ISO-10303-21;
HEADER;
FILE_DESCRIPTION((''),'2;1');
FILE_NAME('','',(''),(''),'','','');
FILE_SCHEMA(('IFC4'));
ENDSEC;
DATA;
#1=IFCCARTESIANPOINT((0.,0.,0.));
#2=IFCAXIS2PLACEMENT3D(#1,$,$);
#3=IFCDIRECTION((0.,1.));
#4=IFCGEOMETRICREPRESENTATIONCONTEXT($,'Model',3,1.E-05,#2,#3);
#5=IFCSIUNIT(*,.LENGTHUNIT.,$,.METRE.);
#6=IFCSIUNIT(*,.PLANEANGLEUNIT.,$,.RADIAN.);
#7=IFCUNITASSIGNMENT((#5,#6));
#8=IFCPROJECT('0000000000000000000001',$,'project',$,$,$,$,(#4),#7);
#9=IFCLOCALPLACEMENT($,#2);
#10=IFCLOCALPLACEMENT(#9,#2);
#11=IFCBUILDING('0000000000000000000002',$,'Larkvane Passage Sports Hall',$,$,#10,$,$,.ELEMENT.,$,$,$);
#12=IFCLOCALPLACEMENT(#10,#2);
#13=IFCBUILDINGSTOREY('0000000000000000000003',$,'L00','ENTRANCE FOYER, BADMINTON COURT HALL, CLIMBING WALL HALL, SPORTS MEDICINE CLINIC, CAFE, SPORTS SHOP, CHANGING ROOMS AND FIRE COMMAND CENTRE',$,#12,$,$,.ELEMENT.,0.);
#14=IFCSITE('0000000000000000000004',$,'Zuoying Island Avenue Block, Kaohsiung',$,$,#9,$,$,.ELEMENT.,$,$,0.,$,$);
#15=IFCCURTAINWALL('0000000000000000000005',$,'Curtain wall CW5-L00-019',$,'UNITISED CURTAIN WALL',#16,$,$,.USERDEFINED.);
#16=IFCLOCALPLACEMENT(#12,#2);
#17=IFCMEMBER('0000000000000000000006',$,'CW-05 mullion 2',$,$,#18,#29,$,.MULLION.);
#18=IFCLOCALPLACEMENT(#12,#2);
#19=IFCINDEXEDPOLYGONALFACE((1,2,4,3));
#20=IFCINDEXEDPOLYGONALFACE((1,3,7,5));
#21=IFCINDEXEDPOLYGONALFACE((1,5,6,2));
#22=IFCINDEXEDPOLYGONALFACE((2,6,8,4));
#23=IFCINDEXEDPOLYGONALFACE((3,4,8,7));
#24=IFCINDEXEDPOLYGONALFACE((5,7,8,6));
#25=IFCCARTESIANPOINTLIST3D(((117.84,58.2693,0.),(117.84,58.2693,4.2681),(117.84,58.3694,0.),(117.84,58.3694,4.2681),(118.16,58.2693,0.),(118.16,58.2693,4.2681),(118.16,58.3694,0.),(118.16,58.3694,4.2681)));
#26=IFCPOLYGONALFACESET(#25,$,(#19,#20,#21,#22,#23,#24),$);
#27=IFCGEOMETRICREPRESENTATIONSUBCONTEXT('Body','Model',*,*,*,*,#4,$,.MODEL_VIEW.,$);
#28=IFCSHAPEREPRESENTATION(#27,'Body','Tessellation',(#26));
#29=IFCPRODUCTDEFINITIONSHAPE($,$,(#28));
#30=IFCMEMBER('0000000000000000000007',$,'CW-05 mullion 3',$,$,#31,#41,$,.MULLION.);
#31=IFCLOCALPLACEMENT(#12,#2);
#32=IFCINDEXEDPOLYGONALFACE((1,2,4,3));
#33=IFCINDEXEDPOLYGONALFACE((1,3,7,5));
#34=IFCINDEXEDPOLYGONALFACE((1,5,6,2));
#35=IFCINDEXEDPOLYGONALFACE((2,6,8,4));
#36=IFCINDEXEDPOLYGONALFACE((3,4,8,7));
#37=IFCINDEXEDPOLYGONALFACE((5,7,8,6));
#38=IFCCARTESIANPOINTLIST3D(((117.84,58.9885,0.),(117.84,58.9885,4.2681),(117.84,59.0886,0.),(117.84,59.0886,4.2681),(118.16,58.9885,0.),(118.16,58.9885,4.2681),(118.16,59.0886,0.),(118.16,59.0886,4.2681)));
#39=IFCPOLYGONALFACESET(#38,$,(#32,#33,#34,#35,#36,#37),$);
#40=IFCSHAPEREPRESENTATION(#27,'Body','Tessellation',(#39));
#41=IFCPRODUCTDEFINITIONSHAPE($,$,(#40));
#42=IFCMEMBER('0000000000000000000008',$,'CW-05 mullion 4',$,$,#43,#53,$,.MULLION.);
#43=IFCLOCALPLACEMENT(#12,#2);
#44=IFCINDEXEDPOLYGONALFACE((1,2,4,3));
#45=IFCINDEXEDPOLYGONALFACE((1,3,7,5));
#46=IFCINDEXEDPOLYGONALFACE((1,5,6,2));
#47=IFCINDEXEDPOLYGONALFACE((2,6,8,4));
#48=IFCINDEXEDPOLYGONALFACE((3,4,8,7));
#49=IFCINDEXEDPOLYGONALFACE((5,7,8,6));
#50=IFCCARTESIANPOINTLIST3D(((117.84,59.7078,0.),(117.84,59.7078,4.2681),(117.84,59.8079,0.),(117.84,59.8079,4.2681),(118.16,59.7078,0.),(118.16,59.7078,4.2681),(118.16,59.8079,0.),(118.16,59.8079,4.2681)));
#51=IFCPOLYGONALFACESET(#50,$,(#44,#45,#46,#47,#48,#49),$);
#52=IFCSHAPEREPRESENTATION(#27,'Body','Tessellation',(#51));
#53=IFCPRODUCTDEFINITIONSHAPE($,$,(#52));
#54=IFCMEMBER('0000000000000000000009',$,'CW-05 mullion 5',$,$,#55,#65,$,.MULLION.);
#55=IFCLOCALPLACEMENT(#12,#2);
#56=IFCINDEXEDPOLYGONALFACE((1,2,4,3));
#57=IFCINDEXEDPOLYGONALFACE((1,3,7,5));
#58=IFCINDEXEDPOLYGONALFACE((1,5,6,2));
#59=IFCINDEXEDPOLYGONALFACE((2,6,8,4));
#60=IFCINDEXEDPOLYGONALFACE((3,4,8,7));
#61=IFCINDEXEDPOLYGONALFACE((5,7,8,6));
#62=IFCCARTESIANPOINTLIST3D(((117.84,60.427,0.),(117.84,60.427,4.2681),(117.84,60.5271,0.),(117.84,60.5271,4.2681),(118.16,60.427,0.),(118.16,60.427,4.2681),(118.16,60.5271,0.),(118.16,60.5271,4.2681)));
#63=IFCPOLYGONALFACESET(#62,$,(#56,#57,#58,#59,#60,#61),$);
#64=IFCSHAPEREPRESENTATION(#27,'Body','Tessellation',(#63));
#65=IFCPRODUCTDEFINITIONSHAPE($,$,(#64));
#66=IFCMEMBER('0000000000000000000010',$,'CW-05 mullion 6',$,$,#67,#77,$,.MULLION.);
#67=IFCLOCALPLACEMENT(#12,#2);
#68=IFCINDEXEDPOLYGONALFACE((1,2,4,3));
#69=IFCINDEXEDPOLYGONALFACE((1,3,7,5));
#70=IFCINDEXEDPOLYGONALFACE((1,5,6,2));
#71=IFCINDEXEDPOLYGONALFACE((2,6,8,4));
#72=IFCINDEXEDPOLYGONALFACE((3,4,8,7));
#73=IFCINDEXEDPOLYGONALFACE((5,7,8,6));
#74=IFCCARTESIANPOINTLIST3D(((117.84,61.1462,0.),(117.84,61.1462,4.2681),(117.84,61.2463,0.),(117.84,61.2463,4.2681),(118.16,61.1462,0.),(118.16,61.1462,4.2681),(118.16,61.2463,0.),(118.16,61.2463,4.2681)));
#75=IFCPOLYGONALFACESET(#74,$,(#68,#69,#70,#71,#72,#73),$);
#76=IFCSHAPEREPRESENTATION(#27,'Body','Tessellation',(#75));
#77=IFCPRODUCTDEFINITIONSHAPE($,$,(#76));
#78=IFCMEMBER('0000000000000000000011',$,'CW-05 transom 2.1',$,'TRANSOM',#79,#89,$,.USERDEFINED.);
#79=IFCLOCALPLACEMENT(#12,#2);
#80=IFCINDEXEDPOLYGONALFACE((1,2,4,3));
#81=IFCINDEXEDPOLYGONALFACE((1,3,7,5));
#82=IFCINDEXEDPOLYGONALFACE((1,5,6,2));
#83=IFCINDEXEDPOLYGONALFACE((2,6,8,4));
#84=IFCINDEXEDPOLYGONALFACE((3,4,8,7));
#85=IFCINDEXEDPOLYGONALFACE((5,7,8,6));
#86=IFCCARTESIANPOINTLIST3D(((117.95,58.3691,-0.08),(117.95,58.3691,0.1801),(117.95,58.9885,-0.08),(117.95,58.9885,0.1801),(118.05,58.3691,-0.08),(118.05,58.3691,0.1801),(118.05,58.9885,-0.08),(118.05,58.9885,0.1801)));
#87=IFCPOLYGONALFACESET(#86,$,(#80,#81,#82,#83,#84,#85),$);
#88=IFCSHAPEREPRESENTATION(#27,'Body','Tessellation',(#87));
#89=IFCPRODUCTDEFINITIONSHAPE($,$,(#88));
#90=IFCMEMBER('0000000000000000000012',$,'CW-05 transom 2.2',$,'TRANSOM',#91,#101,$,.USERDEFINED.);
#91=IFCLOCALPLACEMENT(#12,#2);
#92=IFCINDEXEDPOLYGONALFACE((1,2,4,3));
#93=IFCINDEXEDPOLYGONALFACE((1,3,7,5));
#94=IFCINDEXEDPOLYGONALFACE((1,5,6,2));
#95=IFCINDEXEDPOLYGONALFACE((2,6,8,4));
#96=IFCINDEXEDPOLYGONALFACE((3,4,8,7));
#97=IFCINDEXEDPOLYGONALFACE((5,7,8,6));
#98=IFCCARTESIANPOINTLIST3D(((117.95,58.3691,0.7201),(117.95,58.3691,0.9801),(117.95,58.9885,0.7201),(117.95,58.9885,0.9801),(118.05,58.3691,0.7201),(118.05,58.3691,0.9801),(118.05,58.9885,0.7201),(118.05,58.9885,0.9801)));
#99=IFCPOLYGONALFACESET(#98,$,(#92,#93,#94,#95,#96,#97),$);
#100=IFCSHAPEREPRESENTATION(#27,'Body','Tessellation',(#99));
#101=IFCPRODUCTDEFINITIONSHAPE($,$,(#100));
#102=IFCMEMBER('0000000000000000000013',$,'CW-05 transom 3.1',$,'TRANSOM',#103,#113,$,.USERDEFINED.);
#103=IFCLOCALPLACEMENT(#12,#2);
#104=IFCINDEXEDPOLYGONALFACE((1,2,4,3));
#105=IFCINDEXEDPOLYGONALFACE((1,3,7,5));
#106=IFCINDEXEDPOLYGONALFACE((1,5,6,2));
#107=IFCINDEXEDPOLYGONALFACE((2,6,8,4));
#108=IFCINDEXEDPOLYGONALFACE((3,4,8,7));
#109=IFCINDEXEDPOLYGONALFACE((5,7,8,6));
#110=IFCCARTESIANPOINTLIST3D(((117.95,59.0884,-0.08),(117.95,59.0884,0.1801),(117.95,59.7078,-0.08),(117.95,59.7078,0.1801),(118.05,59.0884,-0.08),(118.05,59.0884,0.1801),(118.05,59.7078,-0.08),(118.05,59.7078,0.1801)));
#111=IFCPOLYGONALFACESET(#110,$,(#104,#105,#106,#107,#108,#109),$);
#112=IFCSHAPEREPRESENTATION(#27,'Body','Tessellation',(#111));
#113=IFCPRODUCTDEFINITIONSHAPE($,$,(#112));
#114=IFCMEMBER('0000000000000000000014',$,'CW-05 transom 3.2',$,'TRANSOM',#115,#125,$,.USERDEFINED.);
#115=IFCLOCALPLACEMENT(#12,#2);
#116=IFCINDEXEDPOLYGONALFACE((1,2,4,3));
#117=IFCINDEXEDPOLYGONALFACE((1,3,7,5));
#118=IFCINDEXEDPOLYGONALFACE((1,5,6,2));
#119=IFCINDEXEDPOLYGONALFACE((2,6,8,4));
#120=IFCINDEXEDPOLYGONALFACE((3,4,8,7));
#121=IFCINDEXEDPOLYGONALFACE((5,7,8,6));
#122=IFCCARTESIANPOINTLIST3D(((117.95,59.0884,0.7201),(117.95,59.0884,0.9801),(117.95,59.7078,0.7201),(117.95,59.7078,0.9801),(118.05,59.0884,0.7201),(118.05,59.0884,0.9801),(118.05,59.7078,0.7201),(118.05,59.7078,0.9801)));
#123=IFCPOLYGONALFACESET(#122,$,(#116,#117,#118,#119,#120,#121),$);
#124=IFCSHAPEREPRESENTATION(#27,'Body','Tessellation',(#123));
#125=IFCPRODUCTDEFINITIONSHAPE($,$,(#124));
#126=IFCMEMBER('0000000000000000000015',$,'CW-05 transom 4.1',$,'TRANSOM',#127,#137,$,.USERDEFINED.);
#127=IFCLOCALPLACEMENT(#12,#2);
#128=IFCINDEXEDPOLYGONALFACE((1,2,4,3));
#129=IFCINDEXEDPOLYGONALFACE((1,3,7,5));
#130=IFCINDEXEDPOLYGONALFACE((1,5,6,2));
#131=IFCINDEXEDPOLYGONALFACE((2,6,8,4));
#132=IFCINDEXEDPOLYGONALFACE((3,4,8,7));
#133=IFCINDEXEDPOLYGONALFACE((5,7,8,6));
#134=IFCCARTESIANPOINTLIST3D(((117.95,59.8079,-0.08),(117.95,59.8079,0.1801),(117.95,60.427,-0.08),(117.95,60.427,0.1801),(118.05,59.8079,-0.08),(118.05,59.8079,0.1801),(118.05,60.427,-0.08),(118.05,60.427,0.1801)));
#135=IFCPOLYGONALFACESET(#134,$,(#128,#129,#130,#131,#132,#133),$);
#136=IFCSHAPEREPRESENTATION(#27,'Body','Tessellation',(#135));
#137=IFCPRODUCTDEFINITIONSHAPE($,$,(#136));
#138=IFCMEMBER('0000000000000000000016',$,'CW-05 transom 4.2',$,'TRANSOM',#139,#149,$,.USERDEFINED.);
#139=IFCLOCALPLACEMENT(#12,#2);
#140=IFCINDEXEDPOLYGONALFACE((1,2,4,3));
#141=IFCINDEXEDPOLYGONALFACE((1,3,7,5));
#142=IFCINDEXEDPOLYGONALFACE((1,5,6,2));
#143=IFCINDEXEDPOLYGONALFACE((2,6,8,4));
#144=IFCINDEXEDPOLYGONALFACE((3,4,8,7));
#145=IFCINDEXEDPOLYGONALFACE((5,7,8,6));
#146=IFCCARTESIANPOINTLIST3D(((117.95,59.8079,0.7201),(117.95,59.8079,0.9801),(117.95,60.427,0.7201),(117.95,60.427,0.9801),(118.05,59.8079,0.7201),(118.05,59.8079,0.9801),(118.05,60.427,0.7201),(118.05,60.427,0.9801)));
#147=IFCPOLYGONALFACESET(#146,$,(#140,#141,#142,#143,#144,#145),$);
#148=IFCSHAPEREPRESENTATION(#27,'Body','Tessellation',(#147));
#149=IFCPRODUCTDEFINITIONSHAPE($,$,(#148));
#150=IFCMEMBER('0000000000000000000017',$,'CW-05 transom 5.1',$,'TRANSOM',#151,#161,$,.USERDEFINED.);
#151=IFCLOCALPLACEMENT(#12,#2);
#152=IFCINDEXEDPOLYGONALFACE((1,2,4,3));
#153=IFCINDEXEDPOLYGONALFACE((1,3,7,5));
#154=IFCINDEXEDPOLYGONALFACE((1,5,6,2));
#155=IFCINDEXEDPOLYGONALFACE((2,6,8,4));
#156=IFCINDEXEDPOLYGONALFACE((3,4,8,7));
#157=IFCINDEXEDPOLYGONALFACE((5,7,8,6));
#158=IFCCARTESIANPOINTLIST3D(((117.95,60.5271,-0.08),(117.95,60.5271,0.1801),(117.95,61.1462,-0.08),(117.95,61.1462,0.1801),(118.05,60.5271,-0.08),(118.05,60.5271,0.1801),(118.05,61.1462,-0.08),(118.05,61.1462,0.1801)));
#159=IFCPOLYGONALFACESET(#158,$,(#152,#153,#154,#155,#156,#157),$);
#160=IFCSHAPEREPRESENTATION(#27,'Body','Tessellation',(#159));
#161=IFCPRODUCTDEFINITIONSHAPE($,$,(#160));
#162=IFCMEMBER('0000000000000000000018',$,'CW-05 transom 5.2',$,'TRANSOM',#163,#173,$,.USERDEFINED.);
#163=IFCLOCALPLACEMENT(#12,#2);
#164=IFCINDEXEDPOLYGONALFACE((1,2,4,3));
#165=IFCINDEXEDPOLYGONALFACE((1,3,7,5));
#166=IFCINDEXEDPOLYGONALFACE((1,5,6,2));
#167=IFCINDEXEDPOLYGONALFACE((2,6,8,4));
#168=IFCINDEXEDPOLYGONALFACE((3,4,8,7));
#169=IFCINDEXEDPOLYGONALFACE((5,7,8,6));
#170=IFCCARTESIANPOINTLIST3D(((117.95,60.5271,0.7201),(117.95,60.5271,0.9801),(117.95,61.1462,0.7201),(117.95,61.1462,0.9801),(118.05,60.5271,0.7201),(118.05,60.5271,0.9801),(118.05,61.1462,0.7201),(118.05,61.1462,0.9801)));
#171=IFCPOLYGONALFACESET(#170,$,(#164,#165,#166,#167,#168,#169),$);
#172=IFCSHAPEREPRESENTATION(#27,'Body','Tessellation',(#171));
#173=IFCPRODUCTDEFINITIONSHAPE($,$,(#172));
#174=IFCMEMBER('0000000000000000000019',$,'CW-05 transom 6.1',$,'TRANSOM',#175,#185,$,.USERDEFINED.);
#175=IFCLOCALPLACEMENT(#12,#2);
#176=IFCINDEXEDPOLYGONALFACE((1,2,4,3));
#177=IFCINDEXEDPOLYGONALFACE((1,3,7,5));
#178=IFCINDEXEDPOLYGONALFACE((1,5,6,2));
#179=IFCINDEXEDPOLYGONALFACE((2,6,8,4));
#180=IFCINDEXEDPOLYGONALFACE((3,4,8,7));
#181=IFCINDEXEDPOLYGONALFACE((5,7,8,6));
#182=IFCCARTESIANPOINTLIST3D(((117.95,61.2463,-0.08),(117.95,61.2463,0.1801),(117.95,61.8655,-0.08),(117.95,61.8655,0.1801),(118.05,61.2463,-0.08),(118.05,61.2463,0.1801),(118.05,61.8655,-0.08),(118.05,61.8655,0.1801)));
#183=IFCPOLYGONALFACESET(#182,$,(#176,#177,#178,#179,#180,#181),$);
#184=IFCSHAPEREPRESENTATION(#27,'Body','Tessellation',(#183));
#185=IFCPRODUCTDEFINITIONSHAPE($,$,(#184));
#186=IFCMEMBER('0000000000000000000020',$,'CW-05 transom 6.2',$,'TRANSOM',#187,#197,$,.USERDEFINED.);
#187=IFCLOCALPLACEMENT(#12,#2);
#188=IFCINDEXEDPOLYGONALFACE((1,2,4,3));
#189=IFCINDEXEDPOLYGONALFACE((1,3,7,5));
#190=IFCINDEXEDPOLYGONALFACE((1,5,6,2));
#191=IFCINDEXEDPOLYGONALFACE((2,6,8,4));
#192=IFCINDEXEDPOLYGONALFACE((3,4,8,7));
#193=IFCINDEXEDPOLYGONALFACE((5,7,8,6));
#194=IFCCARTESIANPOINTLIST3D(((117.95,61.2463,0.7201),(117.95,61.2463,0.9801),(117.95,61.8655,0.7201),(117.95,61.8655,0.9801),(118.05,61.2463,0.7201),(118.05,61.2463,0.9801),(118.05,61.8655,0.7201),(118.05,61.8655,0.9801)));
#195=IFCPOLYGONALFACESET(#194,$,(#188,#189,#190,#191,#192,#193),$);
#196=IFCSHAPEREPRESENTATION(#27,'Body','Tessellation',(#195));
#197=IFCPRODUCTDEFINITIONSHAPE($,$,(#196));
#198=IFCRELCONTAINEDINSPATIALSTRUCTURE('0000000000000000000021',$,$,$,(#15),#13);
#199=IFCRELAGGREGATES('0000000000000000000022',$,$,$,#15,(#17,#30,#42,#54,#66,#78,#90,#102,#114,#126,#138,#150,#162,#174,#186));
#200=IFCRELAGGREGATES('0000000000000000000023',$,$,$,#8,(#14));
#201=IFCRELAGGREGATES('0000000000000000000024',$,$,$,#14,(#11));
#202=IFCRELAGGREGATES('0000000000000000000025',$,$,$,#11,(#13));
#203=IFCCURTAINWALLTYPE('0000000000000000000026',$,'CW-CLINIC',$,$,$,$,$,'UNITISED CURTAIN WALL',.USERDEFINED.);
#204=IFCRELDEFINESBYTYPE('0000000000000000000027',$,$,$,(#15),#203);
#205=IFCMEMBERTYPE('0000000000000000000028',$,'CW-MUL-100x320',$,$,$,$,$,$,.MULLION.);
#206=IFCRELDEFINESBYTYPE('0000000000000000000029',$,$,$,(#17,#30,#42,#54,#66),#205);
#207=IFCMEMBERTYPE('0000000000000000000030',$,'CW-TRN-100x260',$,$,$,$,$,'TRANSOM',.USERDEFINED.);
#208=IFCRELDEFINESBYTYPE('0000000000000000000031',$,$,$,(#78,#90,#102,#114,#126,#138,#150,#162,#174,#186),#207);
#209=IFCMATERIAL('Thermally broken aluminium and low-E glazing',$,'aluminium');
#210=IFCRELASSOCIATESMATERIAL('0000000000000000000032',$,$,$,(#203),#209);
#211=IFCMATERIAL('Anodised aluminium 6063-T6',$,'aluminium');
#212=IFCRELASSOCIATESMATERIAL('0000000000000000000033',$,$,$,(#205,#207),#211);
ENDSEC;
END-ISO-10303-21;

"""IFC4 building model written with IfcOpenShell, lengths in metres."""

from ifc_helpers import new_model, si_unit, direction, frame, origin, origin_2d, place, context, subcontext, project, spatial, rectangle, extrude, material, material_profile, profile_set, type_object, element, aggregate, save


model = new_model("IFC4")

# Units and contexts
model_context = context("Model", 3, precision=1e-05, world=origin(), true_north=direction((0.0, 1.0)))
body_context = subcontext(model_context, "Body", "Model", "MODEL_VIEW")
ifc_project = project(units=[si_unit("LENGTHUNIT", "METRE"), si_unit("PLANEANGLEUNIT", "RADIAN")], contexts=[model_context])

# Site, building, storey
site_placement = place(None, origin())
site = spatial("IfcSite", under=ifc_project, at=site_placement, Name="Zuoying Island Avenue Block, Kaohsiung", CompositionType="ELEMENT", RefElevation=0.0)
building_placement = place(site_placement, origin())
building = spatial("IfcBuilding", under=site, at=building_placement, Name="Larkvane Passage Sports Hall", CompositionType="ELEMENT")
storey_placement = place(building_placement, origin())
storey = spatial("IfcBuildingStorey", under=building, at=storey_placement, Name="L00", Description="ENTRANCE FOYER, BADMINTON COURT HALL, CLIMBING WALL HALL, SPORTS MEDICINE CLINIC, CAFE, SPORTS SHOP, CHANGING ROOMS AND FIRE COMMAND CENTRE", CompositionType="ELEMENT", Elevation=0.0)

# Curtain wall, members
ifc_material_1 = material(Name="Thermally broken aluminium and low-E glazing", Category="aluminium")
curtain_wall_type = type_object("IfcCurtainWallType", Name="CW-CLINIC", ElementType="UNITISED CURTAIN WALL", PredefinedType="USERDEFINED", material=ifc_material_1)
curtain_wall_placement = place(storey_placement, origin())
curtain_wall = element("IfcCurtainWall", 1, at=curtain_wall_placement, inside=storey, type_object=curtain_wall_type, Name="Curtain wall CW5-L00-019", ObjectType="UNITISED CURTAIN WALL", PredefinedType="USERDEFINED")
ifc_material_2 = material(Name="Anodised aluminium 6063-T6", Category="aluminium")
ifc_material_profile_1 = material_profile(ifc_material_2, rectangle(XDim=0.1001, YDim=0.3201, at=origin_2d()), Name="ALU-MUL-100x320")
ifc_profile_set_1 = profile_set([ifc_material_profile_1], Name="Anodised aluminium 6063-T6")
member_type_1 = type_object("IfcMemberType", Name="CW-MUL-100x320", PredefinedType="MULLION", material=ifc_profile_set_1)
member_1_placement = place(storey_placement, frame((118.0, 58.3193, 0.0), z_axis=(0.0, 0.0, 1.0), x_axis=(0.0, 1.0, 0.0)))
member_1 = element("IfcMember", 2, at=member_1_placement, type_object=member_type_1, Name="CW-05 mullion 2", PredefinedType="MULLION", context=body_context, shape_type="SweptSolid", body=[
    extrude(rectangle(XDim=0.1001, YDim=0.3201, at=origin_2d()), origin(), (0.0, 0.0, 1.0), 4.2681),
])
member_2_placement = place(storey_placement, frame((118.0, 59.0386, 0.0), z_axis=(0.0, 0.0, 1.0), x_axis=(0.0, 1.0, 0.0)))
member_2 = element("IfcMember", 3, at=member_2_placement, type_object=member_type_1, Name="CW-05 mullion 3", PredefinedType="MULLION", context=body_context, shape_type="SweptSolid", body=[
    extrude(rectangle(XDim=0.1001, YDim=0.3201, at=origin_2d()), origin(), (0.0, 0.0, 1.0), 4.2681),
])
member_3_placement = place(storey_placement, frame((118.0, 59.7578, 0.0), z_axis=(0.0, 0.0, 1.0), x_axis=(0.0, 1.0, 0.0)))
member_3 = element("IfcMember", 4, at=member_3_placement, type_object=member_type_1, Name="CW-05 mullion 4", PredefinedType="MULLION", context=body_context, shape_type="SweptSolid", body=[
    extrude(rectangle(XDim=0.1001, YDim=0.3201, at=origin_2d()), origin(), (0.0, 0.0, 1.0), 4.2681),
])
member_4_placement = place(storey_placement, frame((118.0, 60.4771, 0.0), z_axis=(0.0, 0.0, 1.0), x_axis=(0.0, 1.0, 0.0)))
member_4 = element("IfcMember", 5, at=member_4_placement, type_object=member_type_1, Name="CW-05 mullion 5", PredefinedType="MULLION", context=body_context, shape_type="SweptSolid", body=[
    extrude(rectangle(XDim=0.1001, YDim=0.3201, at=origin_2d()), origin(), (0.0, 0.0, 1.0), 4.2681),
])
member_5_placement = place(storey_placement, frame((118.0, 61.1963, 0.0), z_axis=(0.0, 0.0, 1.0), x_axis=(0.0, 1.0, 0.0)))
member_5 = element("IfcMember", 6, at=member_5_placement, type_object=member_type_1, Name="CW-05 mullion 6", PredefinedType="MULLION", context=body_context, shape_type="SweptSolid", body=[
    extrude(rectangle(XDim=0.1001, YDim=0.3201, at=origin_2d()), origin(), (0.0, 0.0, 1.0), 4.2681),
])
ifc_material_profile_2 = material_profile(ifc_material_2, rectangle(XDim=0.1001, YDim=0.26, at=origin_2d()), Name="ALU-TRN-100x260")
ifc_profile_set_2 = profile_set([ifc_material_profile_2], Name="Anodised aluminium 6063-T6")
member_type_2 = type_object("IfcMemberType", Name="CW-TRN-100x260", ElementType="TRANSOM", PredefinedType="USERDEFINED", material=ifc_profile_set_2)
member_6_placement = place(storey_placement, frame((118.0, 58.3691, 0.05), z_axis=(0.0, 1.0, 0.0), x_axis=(-1.0, 0.0, 0.0)))
member_6 = element("IfcMember", 7, at=member_6_placement, type_object=member_type_2, Name="CW-05 transom 2.1", ObjectType="TRANSOM", PredefinedType="USERDEFINED", context=body_context, shape_type="SweptSolid", body=[
    extrude(rectangle(XDim=0.1001, YDim=0.26, at=origin_2d()), origin(), (0.0, 0.0, 1.0), 0.6194),
])
member_7_placement = place(storey_placement, frame((118.0, 58.3691, 0.8501), z_axis=(0.0, 1.0, 0.0), x_axis=(-1.0, 0.0, 0.0)))
member_7 = element("IfcMember", 8, at=member_7_placement, type_object=member_type_2, Name="CW-05 transom 2.2", ObjectType="TRANSOM", PredefinedType="USERDEFINED", context=body_context, shape_type="SweptSolid", body=[
    extrude(rectangle(XDim=0.1001, YDim=0.26, at=origin_2d()), origin(), (0.0, 0.0, 1.0), 0.6194),
])
member_8_placement = place(storey_placement, frame((118.0, 59.0884, 0.05), z_axis=(0.0, 1.0, 0.0), x_axis=(-1.0, 0.0, 0.0)))
member_8 = element("IfcMember", 9, at=member_8_placement, type_object=member_type_2, Name="CW-05 transom 3.1", ObjectType="TRANSOM", PredefinedType="USERDEFINED", context=body_context, shape_type="SweptSolid", body=[
    extrude(rectangle(XDim=0.1001, YDim=0.26, at=origin_2d()), origin(), (0.0, 0.0, 1.0), 0.6194),
])
member_9_placement = place(storey_placement, frame((118.0, 59.0884, 0.8501), z_axis=(0.0, 1.0, 0.0), x_axis=(-1.0, 0.0, 0.0)))
member_9 = element("IfcMember", 10, at=member_9_placement, type_object=member_type_2, Name="CW-05 transom 3.2", ObjectType="TRANSOM", PredefinedType="USERDEFINED", context=body_context, shape_type="SweptSolid", body=[
    extrude(rectangle(XDim=0.1001, YDim=0.26, at=origin_2d()), origin(), (0.0, 0.0, 1.0), 0.6194),
])
member_10_placement = place(storey_placement, frame((118.0, 59.8079, 0.05), z_axis=(0.0, 1.0, 0.0), x_axis=(-1.0, 0.0, 0.0)))
member_10 = element("IfcMember", 11, at=member_10_placement, type_object=member_type_2, Name="CW-05 transom 4.1", ObjectType="TRANSOM", PredefinedType="USERDEFINED", context=body_context, shape_type="SweptSolid", body=[
    extrude(rectangle(XDim=0.1001, YDim=0.26, at=origin_2d()), origin(), (0.0, 0.0, 1.0), 0.6191),
])
member_11_placement = place(storey_placement, frame((118.0, 59.8079, 0.8501), z_axis=(0.0, 1.0, 0.0), x_axis=(-1.0, 0.0, 0.0)))
member_11 = element("IfcMember", 12, at=member_11_placement, type_object=member_type_2, Name="CW-05 transom 4.2", ObjectType="TRANSOM", PredefinedType="USERDEFINED", context=body_context, shape_type="SweptSolid", body=[
    extrude(rectangle(XDim=0.1001, YDim=0.26, at=origin_2d()), origin(), (0.0, 0.0, 1.0), 0.6191),
])
member_12_placement = place(storey_placement, frame((118.0, 60.5271, 0.05), z_axis=(0.0, 1.0, 0.0), x_axis=(-1.0, 0.0, 0.0)))
member_12 = element("IfcMember", 13, at=member_12_placement, type_object=member_type_2, Name="CW-05 transom 5.1", ObjectType="TRANSOM", PredefinedType="USERDEFINED", context=body_context, shape_type="SweptSolid", body=[
    extrude(rectangle(XDim=0.1001, YDim=0.26, at=origin_2d()), origin(), (0.0, 0.0, 1.0), 0.6191),
])
member_13_placement = place(storey_placement, frame((118.0, 60.5271, 0.8501), z_axis=(0.0, 1.0, 0.0), x_axis=(-1.0, 0.0, 0.0)))
member_13 = element("IfcMember", 14, at=member_13_placement, type_object=member_type_2, Name="CW-05 transom 5.2", ObjectType="TRANSOM", PredefinedType="USERDEFINED", context=body_context, shape_type="SweptSolid", body=[
    extrude(rectangle(XDim=0.1001, YDim=0.26, at=origin_2d()), origin(), (0.0, 0.0, 1.0), 0.6191),
])
member_14_placement = place(storey_placement, frame((118.0, 61.2463, 0.05), z_axis=(0.0, 1.0, 0.0), x_axis=(-1.0, 0.0, 0.0)))
member_14 = element("IfcMember", 15, at=member_14_placement, type_object=member_type_2, Name="CW-05 transom 6.1", ObjectType="TRANSOM", PredefinedType="USERDEFINED", context=body_context, shape_type="SweptSolid", body=[
    extrude(rectangle(XDim=0.1001, YDim=0.26, at=origin_2d()), origin(), (0.0, 0.0, 1.0), 0.6191),
])
member_15_placement = place(storey_placement, frame((118.0, 61.2463, 0.8501), z_axis=(0.0, 1.0, 0.0), x_axis=(-1.0, 0.0, 0.0)))
member_15 = element("IfcMember", 16, at=member_15_placement, type_object=member_type_2, Name="CW-05 transom 6.2", ObjectType="TRANSOM", PredefinedType="USERDEFINED", context=body_context, shape_type="SweptSolid", body=[
    extrude(rectangle(XDim=0.1001, YDim=0.26, at=origin_2d()), origin(), (0.0, 0.0, 1.0), 0.6191),
])
aggregate(curtain_wall, [member_1, member_2, member_3, member_4, member_5, member_6, member_7, member_8, member_9, member_10, member_11, member_12, member_13, member_14, member_15])

save(model, "model.ifc")
